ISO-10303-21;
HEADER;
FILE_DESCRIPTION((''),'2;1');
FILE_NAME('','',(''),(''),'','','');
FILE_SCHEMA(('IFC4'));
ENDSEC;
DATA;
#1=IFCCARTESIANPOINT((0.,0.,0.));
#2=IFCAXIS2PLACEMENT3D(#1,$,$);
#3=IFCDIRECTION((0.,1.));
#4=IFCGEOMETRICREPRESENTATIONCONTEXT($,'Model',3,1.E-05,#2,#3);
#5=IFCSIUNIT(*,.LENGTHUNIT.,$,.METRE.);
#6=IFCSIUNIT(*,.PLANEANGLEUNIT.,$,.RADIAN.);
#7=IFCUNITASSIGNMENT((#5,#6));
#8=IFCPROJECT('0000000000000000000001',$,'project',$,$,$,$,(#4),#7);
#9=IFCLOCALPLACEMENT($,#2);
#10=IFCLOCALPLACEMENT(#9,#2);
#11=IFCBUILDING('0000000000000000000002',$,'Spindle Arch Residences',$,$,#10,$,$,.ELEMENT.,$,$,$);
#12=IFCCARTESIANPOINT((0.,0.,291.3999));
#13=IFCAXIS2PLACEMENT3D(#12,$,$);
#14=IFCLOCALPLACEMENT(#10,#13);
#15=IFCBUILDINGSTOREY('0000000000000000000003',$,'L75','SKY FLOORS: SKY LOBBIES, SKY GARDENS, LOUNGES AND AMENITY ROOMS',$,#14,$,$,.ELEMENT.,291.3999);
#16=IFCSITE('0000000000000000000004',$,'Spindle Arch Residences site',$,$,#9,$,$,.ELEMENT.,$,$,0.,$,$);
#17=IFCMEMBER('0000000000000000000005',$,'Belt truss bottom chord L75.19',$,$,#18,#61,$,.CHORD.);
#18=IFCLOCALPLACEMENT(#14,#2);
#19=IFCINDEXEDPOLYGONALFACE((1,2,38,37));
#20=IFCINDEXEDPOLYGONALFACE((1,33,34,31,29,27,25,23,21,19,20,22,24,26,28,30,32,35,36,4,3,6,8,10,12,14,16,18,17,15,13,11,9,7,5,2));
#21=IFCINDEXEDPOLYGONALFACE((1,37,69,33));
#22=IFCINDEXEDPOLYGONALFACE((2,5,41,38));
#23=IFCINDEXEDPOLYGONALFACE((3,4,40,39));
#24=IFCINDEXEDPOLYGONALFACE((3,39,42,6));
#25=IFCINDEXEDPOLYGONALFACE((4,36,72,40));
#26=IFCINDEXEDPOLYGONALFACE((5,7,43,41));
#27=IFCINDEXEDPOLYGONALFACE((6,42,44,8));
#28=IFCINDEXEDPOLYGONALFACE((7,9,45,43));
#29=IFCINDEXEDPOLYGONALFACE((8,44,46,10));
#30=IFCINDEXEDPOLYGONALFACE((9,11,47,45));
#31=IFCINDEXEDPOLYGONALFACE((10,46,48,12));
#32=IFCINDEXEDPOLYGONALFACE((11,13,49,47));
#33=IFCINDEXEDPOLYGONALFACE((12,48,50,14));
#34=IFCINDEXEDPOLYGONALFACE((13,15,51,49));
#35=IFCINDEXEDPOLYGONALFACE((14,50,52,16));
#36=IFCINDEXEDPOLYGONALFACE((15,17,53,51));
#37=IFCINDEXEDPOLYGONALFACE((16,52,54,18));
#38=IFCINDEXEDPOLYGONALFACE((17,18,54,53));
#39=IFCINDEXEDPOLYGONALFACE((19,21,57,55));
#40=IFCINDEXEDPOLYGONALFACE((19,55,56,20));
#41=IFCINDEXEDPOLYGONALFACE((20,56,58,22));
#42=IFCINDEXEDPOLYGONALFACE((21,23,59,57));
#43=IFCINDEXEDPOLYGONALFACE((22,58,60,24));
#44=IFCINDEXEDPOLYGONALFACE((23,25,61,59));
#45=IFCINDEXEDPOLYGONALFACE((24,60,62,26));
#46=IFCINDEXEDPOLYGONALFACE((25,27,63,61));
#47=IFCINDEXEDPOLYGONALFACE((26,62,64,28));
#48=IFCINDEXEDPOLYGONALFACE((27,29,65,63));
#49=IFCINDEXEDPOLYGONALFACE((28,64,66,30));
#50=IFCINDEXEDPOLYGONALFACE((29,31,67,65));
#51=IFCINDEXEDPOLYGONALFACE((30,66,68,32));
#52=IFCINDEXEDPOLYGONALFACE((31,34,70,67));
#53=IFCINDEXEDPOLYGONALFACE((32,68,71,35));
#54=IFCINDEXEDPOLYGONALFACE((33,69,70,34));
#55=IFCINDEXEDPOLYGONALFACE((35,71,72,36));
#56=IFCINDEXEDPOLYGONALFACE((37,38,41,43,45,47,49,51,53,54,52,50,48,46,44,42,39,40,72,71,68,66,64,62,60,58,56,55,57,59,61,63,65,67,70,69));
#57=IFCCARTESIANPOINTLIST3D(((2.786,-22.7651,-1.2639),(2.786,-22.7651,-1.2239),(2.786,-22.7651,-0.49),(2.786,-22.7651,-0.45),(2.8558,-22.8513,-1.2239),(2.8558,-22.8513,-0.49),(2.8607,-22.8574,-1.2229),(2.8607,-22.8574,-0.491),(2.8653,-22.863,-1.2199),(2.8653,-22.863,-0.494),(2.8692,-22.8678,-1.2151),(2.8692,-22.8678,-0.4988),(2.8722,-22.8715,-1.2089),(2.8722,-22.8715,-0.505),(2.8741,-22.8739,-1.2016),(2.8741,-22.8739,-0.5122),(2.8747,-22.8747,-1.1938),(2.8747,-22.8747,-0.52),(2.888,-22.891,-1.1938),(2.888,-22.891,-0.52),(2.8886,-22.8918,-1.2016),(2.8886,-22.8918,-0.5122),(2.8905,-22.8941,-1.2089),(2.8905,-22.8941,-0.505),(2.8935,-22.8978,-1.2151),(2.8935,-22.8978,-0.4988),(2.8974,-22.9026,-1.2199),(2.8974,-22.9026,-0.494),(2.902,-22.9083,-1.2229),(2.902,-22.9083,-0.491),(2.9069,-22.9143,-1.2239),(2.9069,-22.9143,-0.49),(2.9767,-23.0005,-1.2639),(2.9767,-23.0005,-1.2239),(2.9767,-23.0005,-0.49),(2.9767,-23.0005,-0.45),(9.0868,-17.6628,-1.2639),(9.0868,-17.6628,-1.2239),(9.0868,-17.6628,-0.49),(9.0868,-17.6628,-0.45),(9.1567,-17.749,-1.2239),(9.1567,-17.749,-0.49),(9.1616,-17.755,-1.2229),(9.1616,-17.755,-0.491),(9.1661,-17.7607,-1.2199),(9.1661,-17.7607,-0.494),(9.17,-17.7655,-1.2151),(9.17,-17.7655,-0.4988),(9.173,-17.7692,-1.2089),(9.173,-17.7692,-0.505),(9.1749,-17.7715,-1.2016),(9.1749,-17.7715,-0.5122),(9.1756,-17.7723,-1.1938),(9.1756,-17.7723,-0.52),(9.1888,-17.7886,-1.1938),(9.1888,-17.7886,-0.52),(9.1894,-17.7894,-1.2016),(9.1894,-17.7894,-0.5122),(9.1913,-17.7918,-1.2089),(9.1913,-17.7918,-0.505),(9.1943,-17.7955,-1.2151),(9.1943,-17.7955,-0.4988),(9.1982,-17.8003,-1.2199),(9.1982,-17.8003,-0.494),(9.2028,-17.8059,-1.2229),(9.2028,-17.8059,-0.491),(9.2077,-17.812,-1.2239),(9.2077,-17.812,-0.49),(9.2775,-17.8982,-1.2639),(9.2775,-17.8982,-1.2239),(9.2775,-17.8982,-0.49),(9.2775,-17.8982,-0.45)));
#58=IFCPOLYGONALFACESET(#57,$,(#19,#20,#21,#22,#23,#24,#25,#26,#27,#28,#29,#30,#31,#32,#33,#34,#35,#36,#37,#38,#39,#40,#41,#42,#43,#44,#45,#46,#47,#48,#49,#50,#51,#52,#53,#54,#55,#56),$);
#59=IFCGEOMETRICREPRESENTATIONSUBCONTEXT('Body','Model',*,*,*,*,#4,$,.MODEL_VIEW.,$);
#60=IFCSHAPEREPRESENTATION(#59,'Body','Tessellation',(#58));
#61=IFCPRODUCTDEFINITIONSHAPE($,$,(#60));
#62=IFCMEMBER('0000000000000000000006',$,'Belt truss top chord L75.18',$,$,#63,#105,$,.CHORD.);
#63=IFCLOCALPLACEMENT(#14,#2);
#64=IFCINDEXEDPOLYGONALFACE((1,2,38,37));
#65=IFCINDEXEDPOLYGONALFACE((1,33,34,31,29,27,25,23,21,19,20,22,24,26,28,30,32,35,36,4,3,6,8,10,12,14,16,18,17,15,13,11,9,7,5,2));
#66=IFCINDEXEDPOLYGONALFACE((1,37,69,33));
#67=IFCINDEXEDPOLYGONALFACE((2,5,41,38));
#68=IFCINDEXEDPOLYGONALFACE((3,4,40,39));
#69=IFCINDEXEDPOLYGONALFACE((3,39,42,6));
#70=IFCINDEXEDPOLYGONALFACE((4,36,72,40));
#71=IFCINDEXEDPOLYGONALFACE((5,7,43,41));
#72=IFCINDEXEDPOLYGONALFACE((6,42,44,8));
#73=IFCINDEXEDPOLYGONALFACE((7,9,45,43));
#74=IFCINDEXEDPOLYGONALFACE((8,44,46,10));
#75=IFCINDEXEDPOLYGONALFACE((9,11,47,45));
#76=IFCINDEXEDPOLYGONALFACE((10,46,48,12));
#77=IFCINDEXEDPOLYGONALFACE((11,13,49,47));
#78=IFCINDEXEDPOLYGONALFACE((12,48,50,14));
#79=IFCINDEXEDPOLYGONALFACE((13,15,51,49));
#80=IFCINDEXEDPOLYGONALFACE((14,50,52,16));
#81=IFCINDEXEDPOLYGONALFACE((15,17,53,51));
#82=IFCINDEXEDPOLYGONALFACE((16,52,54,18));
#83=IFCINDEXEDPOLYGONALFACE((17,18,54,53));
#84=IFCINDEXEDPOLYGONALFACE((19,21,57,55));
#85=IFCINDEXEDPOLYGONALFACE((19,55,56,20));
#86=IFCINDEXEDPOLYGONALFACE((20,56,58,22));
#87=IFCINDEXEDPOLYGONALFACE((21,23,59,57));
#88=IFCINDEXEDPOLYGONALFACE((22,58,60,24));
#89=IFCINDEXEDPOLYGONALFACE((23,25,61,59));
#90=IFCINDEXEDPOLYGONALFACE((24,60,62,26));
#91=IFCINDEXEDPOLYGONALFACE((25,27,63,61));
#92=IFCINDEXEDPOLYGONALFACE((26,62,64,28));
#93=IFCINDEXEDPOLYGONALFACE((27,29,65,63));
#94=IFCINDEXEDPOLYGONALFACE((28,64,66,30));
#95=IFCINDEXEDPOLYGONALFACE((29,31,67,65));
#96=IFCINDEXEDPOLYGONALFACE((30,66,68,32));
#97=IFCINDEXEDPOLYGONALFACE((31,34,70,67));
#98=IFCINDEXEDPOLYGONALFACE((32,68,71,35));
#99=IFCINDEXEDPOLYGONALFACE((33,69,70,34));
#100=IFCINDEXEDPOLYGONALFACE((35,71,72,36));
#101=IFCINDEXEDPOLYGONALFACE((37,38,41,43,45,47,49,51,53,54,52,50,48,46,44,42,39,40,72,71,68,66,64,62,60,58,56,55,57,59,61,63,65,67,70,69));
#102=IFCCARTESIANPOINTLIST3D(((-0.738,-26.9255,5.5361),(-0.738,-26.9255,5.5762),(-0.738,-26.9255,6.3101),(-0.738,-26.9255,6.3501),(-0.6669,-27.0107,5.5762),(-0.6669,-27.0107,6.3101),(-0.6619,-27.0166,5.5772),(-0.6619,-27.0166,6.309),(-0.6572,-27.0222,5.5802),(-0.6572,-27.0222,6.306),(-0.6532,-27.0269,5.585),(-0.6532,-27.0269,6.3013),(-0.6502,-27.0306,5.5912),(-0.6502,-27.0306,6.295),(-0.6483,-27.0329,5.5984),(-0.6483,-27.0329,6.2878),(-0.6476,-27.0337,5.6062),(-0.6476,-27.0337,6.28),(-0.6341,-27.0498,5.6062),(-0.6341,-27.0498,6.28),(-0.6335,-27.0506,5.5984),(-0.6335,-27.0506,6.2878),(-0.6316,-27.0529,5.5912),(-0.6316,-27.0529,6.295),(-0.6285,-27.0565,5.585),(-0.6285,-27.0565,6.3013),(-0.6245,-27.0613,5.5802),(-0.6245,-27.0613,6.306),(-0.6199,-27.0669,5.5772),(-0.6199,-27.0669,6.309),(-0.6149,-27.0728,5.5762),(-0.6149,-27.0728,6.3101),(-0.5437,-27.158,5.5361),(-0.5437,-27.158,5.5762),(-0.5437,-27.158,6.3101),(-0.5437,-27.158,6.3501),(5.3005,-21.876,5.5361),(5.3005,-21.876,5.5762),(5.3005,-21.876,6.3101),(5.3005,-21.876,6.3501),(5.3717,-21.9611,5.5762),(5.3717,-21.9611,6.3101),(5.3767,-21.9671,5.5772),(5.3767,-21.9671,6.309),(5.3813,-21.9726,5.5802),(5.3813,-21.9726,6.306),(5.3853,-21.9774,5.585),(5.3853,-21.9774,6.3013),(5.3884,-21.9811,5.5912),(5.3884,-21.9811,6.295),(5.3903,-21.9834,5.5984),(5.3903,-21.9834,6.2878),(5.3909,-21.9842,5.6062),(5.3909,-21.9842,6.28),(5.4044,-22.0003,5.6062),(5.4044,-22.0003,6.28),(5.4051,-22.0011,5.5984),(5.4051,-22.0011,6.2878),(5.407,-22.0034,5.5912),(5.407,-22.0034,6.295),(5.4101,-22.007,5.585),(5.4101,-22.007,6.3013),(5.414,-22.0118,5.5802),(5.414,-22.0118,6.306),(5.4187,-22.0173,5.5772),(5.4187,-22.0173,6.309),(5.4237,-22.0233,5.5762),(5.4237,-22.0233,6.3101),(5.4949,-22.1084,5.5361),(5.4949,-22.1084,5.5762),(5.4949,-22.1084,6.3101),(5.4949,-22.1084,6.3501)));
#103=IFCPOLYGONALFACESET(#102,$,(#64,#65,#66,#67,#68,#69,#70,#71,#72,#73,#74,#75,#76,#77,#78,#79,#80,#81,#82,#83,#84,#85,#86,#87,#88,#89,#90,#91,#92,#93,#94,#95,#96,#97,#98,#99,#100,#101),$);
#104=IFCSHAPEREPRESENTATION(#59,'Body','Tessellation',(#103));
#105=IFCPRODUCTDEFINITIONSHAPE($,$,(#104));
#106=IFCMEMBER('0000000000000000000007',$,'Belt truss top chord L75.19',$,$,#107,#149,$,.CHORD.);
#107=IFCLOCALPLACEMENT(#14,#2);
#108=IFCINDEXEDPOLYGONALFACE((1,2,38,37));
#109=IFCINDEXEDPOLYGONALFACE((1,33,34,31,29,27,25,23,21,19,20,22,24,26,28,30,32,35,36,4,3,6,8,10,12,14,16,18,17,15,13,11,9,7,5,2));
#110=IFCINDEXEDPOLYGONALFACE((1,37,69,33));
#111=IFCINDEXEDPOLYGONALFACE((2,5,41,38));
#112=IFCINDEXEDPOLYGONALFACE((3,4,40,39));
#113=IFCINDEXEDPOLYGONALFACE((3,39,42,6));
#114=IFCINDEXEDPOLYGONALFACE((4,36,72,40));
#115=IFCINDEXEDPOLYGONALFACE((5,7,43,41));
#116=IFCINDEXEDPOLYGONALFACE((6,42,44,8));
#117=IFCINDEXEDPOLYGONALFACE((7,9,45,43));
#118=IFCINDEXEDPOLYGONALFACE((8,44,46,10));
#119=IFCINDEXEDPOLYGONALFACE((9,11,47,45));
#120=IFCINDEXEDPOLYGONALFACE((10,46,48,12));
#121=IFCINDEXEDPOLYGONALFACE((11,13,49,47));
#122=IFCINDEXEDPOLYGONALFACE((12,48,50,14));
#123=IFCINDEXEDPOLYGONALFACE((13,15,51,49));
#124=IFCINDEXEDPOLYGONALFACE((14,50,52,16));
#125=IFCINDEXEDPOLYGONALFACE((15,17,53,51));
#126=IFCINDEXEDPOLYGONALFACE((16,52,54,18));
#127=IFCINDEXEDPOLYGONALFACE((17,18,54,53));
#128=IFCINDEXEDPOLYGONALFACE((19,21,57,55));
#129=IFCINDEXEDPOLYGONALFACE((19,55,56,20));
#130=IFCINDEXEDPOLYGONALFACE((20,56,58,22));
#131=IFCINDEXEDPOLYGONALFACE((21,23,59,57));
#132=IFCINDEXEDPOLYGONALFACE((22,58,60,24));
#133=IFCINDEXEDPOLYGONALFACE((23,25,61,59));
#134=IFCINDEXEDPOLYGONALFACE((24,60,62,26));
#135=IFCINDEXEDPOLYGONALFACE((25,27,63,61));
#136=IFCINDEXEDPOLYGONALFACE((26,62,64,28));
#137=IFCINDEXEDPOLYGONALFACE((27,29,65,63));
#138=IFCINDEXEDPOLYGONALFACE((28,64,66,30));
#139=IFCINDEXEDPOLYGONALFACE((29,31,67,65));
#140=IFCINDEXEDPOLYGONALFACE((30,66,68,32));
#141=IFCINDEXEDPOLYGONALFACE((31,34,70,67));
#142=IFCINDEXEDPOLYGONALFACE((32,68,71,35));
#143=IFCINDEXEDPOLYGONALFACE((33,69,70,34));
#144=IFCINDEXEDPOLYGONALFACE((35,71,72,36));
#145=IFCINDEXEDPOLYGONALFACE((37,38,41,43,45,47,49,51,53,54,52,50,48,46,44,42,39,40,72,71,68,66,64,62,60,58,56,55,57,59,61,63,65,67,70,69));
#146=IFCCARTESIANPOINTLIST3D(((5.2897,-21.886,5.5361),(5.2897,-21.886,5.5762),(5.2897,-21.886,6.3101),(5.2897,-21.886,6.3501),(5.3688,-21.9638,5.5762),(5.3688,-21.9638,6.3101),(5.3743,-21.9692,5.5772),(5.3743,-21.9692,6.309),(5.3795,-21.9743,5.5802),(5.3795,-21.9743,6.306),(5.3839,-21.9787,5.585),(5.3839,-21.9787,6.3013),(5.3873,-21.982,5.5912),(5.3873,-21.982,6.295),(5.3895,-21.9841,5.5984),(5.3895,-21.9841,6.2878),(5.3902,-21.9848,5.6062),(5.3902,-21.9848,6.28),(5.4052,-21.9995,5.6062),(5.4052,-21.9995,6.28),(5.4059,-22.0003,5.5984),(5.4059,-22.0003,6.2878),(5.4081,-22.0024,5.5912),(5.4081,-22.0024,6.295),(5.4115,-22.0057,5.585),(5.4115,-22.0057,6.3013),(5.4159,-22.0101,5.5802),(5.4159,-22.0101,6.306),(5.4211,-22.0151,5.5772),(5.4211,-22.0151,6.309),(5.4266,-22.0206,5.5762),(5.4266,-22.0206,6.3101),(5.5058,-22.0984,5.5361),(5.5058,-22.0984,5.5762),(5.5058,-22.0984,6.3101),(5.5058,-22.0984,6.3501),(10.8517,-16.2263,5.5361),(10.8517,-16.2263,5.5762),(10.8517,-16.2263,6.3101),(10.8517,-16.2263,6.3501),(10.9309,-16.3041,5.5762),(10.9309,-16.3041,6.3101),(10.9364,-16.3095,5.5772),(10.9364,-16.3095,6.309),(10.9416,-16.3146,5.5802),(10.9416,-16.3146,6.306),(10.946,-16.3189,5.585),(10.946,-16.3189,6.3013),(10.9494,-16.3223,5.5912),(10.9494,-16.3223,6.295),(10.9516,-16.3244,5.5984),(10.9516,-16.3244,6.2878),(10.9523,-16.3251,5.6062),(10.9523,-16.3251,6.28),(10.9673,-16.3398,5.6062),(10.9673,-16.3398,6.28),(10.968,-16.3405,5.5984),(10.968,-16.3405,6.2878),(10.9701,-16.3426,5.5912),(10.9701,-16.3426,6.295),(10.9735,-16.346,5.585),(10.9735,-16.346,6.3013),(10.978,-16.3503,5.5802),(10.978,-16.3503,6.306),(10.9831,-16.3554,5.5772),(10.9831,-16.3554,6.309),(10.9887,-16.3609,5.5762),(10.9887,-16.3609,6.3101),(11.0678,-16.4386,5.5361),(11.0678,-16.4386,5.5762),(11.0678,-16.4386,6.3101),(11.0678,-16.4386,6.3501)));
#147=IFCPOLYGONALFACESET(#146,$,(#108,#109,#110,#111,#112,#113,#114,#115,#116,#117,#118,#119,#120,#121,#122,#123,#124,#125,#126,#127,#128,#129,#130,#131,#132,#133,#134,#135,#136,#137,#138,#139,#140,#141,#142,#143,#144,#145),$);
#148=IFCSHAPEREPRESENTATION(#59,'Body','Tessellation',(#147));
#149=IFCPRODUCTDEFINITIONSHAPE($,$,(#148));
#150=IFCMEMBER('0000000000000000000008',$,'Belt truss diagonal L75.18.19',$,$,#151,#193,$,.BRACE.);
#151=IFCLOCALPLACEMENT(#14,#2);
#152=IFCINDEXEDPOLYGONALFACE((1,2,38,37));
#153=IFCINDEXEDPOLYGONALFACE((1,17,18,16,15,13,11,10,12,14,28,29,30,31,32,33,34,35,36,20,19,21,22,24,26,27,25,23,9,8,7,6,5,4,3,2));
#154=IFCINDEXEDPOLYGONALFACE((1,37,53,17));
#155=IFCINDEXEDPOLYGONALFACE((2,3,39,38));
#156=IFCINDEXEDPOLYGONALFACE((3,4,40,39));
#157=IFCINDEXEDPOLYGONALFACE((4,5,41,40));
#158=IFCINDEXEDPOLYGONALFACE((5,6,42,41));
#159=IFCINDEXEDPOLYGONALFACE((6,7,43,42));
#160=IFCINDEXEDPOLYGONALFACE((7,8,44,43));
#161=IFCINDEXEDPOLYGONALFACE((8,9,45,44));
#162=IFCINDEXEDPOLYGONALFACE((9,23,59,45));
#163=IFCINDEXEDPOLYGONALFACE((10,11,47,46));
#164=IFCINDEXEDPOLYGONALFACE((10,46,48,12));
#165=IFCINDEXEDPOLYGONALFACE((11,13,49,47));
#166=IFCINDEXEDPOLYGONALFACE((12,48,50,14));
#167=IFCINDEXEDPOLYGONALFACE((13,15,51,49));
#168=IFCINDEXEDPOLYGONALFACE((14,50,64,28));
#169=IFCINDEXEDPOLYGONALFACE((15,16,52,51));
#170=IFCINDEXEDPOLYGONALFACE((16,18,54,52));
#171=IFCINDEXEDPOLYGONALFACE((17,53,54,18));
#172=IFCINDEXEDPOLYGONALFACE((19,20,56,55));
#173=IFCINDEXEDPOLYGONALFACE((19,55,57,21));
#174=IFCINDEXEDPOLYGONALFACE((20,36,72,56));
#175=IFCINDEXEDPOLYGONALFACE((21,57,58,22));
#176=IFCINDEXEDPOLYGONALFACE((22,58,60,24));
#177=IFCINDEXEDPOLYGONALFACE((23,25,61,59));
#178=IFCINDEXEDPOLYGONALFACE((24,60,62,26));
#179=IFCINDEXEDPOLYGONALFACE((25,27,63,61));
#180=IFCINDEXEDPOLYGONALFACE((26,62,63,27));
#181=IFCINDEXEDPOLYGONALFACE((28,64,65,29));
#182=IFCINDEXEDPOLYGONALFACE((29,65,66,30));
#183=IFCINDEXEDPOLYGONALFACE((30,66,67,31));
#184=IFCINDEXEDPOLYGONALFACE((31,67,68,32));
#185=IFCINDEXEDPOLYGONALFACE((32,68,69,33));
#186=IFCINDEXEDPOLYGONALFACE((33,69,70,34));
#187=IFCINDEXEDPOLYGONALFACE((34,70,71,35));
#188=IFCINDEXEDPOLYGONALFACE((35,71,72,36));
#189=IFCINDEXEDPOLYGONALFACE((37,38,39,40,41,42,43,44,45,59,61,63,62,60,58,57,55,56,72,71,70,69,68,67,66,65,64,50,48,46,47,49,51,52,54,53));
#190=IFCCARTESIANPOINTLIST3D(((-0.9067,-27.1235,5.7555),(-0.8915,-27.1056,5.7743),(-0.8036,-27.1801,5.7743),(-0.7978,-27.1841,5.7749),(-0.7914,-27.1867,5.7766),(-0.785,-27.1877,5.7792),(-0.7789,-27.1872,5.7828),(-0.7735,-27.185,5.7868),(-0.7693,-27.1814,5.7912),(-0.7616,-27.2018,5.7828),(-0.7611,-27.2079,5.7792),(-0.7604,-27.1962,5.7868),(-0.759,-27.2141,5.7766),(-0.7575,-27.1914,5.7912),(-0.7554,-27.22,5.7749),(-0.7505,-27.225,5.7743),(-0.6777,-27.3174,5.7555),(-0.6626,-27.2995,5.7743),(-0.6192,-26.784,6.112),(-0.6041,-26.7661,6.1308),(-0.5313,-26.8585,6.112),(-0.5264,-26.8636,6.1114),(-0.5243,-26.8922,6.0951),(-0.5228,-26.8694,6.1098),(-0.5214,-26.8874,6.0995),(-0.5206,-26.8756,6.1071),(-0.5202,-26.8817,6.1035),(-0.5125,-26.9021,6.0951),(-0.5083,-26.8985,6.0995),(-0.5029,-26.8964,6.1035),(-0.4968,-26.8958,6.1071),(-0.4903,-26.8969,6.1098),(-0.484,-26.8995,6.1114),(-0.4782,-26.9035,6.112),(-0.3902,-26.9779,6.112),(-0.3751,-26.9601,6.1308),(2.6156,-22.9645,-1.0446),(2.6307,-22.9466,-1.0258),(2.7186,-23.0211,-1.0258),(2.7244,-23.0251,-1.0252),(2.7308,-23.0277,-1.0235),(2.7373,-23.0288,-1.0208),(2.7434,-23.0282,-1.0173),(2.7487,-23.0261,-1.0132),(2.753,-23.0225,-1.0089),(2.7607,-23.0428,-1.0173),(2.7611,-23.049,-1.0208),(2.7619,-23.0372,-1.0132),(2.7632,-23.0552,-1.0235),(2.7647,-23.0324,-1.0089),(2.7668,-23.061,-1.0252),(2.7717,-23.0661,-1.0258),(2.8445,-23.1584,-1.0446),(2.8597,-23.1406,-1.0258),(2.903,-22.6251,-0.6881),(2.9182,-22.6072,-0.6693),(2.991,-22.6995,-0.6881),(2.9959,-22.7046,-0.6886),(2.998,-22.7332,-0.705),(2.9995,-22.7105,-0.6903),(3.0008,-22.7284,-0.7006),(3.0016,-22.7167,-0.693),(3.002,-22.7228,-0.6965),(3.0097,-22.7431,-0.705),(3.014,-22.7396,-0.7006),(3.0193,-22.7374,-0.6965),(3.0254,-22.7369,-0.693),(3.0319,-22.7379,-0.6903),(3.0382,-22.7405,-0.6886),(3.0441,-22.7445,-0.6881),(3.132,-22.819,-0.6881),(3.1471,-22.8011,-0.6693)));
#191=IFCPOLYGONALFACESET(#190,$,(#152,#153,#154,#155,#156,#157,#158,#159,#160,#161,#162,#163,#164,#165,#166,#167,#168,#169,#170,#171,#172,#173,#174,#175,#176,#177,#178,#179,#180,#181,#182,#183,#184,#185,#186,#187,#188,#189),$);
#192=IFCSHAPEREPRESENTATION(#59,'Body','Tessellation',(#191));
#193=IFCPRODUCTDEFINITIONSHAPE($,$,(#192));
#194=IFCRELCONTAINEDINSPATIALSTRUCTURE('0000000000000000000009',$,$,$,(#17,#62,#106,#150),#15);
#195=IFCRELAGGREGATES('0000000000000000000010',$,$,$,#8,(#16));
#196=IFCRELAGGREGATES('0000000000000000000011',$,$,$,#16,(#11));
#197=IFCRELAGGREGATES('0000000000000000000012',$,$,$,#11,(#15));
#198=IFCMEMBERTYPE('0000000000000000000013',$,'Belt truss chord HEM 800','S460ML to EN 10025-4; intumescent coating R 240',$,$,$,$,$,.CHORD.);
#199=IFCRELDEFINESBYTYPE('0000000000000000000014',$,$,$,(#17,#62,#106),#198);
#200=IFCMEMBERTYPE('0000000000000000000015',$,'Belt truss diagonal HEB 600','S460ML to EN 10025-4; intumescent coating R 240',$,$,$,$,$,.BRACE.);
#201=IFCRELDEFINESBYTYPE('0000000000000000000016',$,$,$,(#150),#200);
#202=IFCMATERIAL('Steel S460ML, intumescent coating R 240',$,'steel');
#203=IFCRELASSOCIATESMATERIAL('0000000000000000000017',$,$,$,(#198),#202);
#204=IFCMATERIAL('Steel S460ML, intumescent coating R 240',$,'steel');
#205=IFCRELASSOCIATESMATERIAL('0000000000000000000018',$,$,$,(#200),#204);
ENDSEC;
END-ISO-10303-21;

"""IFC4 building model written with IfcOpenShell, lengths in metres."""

from ifc_helpers import new_model, si_unit, direction, frame, origin, origin_2d, place, context, subcontext, project, spatial, i_section, extrude, material, material_profile, profile_set, type_object, element, save


model = new_model("IFC4")

# Units and contexts
model_context = context("Model", 3, precision=1e-05, world=origin(), true_north=direction((0.0, 1.0)))
body_context = subcontext(model_context, "Body", "Model", "MODEL_VIEW")
ifc_project = project(units=[si_unit("LENGTHUNIT", "METRE"), si_unit("PLANEANGLEUNIT", "RADIAN")], contexts=[model_context])

# Site, building, storey
site_placement = place(None, origin())
site = spatial("IfcSite", under=ifc_project, at=site_placement, Name="Spindle Arch Residences site", CompositionType="ELEMENT", RefElevation=0.0)
building_placement = place(site_placement, origin())
building = spatial("IfcBuilding", under=site, at=building_placement, Name="Spindle Arch Residences", CompositionType="ELEMENT")
storey_placement = place(building_placement, frame((0.0, 0.0, 291.3999)))
storey = spatial("IfcBuildingStorey", under=building, at=storey_placement, Name="L75", Description="SKY FLOORS: SKY LOBBIES, SKY GARDENS, LOUNGES AND AMENITY ROOMS", CompositionType="ELEMENT", Elevation=291.3999)

# Members
ifc_material_1 = material(Name="Steel S460ML, intumescent coating R 240", Category="steel")
ifc_material_profile_1 = material_profile(ifc_material_1, i_section(OverallWidth=0.303, OverallDepth=0.814, WebThickness=0.021, FlangeThickness=0.04, FilletRadius=0.03, at=origin_2d()), Name="HEM 800")
ifc_profile_set_1 = profile_set([ifc_material_profile_1], Name="Steel S460ML, intumescent coating R 240")
member_type_1 = type_object("IfcMemberType", Name="Belt truss chord HEM 800", Description="S460ML to EN 10025-4; intumescent coating R 240", PredefinedType="CHORD", material=ifc_profile_set_1)
member_1_placement = place(storey_placement, frame((2.8813, -22.8828, -0.8569), z_axis=(0.777145, 0.629322, 0.0), x_axis=(-0.629322, 0.777145, 0.0)))
element("IfcMember", 1, at=member_1_placement, inside=storey, type_object=member_type_1, Name="Belt truss bottom chord L75.19", PredefinedType="CHORD", context=body_context, shape_type="SweptSolid", body=[
    extrude(i_section(OverallWidth=0.303, OverallDepth=0.814, WebThickness=0.021, FlangeThickness=0.04, FilletRadius=0.03, at=origin_2d()), origin(), (0.0, 0.0, 1.0), 8.1077),
])
member_2_placement = place(storey_placement, frame((-0.6409, -27.0417, 5.9431), z_axis=(0.767132, 0.641489, 0.0), x_axis=(-0.641489, 0.767132, 0.0)))
element("IfcMember", 2, at=member_2_placement, inside=storey, type_object=member_type_1, Name="Belt truss top chord L75.18", PredefinedType="CHORD", context=body_context, shape_type="SweptSolid", body=[
    extrude(i_section(OverallWidth=0.303, OverallDepth=0.814, WebThickness=0.021, FlangeThickness=0.04, FilletRadius=0.03, at=origin_2d()), origin(), (0.0, 0.0, 1.0), 7.8716),
])
member_3_placement = place(storey_placement, frame((5.3977, -21.9922, 5.9431), z_axis=(0.700927, 0.713233, 0.0), x_axis=(-0.713233, 0.700927, 0.0)))
element("IfcMember", 3, at=member_3_placement, inside=storey, type_object=member_type_1, Name="Belt truss top chord L75.19", PredefinedType="CHORD", context=body_context, shape_type="SweptSolid", body=[
    extrude(i_section(OverallWidth=0.303, OverallDepth=0.814, WebThickness=0.021, FlangeThickness=0.04, FilletRadius=0.03, at=origin_2d()), origin(), (0.0, 0.0, 1.0), 7.9353),
])
ifc_material_2 = material(Name="Steel S460ML, intumescent coating R 240", Category="steel")
ifc_material_profile_2 = material_profile(ifc_material_2, i_section(OverallWidth=0.3, OverallDepth=0.6001, WebThickness=0.0154, FlangeThickness=0.03, FilletRadius=0.0271, at=origin_2d()), Name="HEB 600")
ifc_profile_set_2 = profile_set([ifc_material_profile_2], Name="Steel S460ML, intumescent coating R 240")
member_type_2 = type_object("IfcMemberType", Name="Belt truss diagonal HEB 600", Description="S460ML to EN 10025-4; intumescent coating R 240", PredefinedType="BRACE", material=ifc_profile_set_2)
member_4_placement = place(storey_placement, frame((2.8813, -22.8828, -0.8569), z_axis=(-0.404176, -0.47724, 0.78031), x_axis=(0.763104, -0.646276, 0.0)))
element("IfcMember", 4, at=member_4_placement, inside=storey, type_object=member_type_2, Name="Belt truss diagonal L75.18.19", PredefinedType="BRACE", context=body_context, shape_type="SweptSolid", body=[
    extrude(i_section(OverallWidth=0.3, OverallDepth=0.6001, WebThickness=0.0154, FlangeThickness=0.03, FilletRadius=0.0271, at=origin_2d()), origin(), (0.0, 0.0, 1.0), 8.7146),
])

save(model, "model.ifc")
